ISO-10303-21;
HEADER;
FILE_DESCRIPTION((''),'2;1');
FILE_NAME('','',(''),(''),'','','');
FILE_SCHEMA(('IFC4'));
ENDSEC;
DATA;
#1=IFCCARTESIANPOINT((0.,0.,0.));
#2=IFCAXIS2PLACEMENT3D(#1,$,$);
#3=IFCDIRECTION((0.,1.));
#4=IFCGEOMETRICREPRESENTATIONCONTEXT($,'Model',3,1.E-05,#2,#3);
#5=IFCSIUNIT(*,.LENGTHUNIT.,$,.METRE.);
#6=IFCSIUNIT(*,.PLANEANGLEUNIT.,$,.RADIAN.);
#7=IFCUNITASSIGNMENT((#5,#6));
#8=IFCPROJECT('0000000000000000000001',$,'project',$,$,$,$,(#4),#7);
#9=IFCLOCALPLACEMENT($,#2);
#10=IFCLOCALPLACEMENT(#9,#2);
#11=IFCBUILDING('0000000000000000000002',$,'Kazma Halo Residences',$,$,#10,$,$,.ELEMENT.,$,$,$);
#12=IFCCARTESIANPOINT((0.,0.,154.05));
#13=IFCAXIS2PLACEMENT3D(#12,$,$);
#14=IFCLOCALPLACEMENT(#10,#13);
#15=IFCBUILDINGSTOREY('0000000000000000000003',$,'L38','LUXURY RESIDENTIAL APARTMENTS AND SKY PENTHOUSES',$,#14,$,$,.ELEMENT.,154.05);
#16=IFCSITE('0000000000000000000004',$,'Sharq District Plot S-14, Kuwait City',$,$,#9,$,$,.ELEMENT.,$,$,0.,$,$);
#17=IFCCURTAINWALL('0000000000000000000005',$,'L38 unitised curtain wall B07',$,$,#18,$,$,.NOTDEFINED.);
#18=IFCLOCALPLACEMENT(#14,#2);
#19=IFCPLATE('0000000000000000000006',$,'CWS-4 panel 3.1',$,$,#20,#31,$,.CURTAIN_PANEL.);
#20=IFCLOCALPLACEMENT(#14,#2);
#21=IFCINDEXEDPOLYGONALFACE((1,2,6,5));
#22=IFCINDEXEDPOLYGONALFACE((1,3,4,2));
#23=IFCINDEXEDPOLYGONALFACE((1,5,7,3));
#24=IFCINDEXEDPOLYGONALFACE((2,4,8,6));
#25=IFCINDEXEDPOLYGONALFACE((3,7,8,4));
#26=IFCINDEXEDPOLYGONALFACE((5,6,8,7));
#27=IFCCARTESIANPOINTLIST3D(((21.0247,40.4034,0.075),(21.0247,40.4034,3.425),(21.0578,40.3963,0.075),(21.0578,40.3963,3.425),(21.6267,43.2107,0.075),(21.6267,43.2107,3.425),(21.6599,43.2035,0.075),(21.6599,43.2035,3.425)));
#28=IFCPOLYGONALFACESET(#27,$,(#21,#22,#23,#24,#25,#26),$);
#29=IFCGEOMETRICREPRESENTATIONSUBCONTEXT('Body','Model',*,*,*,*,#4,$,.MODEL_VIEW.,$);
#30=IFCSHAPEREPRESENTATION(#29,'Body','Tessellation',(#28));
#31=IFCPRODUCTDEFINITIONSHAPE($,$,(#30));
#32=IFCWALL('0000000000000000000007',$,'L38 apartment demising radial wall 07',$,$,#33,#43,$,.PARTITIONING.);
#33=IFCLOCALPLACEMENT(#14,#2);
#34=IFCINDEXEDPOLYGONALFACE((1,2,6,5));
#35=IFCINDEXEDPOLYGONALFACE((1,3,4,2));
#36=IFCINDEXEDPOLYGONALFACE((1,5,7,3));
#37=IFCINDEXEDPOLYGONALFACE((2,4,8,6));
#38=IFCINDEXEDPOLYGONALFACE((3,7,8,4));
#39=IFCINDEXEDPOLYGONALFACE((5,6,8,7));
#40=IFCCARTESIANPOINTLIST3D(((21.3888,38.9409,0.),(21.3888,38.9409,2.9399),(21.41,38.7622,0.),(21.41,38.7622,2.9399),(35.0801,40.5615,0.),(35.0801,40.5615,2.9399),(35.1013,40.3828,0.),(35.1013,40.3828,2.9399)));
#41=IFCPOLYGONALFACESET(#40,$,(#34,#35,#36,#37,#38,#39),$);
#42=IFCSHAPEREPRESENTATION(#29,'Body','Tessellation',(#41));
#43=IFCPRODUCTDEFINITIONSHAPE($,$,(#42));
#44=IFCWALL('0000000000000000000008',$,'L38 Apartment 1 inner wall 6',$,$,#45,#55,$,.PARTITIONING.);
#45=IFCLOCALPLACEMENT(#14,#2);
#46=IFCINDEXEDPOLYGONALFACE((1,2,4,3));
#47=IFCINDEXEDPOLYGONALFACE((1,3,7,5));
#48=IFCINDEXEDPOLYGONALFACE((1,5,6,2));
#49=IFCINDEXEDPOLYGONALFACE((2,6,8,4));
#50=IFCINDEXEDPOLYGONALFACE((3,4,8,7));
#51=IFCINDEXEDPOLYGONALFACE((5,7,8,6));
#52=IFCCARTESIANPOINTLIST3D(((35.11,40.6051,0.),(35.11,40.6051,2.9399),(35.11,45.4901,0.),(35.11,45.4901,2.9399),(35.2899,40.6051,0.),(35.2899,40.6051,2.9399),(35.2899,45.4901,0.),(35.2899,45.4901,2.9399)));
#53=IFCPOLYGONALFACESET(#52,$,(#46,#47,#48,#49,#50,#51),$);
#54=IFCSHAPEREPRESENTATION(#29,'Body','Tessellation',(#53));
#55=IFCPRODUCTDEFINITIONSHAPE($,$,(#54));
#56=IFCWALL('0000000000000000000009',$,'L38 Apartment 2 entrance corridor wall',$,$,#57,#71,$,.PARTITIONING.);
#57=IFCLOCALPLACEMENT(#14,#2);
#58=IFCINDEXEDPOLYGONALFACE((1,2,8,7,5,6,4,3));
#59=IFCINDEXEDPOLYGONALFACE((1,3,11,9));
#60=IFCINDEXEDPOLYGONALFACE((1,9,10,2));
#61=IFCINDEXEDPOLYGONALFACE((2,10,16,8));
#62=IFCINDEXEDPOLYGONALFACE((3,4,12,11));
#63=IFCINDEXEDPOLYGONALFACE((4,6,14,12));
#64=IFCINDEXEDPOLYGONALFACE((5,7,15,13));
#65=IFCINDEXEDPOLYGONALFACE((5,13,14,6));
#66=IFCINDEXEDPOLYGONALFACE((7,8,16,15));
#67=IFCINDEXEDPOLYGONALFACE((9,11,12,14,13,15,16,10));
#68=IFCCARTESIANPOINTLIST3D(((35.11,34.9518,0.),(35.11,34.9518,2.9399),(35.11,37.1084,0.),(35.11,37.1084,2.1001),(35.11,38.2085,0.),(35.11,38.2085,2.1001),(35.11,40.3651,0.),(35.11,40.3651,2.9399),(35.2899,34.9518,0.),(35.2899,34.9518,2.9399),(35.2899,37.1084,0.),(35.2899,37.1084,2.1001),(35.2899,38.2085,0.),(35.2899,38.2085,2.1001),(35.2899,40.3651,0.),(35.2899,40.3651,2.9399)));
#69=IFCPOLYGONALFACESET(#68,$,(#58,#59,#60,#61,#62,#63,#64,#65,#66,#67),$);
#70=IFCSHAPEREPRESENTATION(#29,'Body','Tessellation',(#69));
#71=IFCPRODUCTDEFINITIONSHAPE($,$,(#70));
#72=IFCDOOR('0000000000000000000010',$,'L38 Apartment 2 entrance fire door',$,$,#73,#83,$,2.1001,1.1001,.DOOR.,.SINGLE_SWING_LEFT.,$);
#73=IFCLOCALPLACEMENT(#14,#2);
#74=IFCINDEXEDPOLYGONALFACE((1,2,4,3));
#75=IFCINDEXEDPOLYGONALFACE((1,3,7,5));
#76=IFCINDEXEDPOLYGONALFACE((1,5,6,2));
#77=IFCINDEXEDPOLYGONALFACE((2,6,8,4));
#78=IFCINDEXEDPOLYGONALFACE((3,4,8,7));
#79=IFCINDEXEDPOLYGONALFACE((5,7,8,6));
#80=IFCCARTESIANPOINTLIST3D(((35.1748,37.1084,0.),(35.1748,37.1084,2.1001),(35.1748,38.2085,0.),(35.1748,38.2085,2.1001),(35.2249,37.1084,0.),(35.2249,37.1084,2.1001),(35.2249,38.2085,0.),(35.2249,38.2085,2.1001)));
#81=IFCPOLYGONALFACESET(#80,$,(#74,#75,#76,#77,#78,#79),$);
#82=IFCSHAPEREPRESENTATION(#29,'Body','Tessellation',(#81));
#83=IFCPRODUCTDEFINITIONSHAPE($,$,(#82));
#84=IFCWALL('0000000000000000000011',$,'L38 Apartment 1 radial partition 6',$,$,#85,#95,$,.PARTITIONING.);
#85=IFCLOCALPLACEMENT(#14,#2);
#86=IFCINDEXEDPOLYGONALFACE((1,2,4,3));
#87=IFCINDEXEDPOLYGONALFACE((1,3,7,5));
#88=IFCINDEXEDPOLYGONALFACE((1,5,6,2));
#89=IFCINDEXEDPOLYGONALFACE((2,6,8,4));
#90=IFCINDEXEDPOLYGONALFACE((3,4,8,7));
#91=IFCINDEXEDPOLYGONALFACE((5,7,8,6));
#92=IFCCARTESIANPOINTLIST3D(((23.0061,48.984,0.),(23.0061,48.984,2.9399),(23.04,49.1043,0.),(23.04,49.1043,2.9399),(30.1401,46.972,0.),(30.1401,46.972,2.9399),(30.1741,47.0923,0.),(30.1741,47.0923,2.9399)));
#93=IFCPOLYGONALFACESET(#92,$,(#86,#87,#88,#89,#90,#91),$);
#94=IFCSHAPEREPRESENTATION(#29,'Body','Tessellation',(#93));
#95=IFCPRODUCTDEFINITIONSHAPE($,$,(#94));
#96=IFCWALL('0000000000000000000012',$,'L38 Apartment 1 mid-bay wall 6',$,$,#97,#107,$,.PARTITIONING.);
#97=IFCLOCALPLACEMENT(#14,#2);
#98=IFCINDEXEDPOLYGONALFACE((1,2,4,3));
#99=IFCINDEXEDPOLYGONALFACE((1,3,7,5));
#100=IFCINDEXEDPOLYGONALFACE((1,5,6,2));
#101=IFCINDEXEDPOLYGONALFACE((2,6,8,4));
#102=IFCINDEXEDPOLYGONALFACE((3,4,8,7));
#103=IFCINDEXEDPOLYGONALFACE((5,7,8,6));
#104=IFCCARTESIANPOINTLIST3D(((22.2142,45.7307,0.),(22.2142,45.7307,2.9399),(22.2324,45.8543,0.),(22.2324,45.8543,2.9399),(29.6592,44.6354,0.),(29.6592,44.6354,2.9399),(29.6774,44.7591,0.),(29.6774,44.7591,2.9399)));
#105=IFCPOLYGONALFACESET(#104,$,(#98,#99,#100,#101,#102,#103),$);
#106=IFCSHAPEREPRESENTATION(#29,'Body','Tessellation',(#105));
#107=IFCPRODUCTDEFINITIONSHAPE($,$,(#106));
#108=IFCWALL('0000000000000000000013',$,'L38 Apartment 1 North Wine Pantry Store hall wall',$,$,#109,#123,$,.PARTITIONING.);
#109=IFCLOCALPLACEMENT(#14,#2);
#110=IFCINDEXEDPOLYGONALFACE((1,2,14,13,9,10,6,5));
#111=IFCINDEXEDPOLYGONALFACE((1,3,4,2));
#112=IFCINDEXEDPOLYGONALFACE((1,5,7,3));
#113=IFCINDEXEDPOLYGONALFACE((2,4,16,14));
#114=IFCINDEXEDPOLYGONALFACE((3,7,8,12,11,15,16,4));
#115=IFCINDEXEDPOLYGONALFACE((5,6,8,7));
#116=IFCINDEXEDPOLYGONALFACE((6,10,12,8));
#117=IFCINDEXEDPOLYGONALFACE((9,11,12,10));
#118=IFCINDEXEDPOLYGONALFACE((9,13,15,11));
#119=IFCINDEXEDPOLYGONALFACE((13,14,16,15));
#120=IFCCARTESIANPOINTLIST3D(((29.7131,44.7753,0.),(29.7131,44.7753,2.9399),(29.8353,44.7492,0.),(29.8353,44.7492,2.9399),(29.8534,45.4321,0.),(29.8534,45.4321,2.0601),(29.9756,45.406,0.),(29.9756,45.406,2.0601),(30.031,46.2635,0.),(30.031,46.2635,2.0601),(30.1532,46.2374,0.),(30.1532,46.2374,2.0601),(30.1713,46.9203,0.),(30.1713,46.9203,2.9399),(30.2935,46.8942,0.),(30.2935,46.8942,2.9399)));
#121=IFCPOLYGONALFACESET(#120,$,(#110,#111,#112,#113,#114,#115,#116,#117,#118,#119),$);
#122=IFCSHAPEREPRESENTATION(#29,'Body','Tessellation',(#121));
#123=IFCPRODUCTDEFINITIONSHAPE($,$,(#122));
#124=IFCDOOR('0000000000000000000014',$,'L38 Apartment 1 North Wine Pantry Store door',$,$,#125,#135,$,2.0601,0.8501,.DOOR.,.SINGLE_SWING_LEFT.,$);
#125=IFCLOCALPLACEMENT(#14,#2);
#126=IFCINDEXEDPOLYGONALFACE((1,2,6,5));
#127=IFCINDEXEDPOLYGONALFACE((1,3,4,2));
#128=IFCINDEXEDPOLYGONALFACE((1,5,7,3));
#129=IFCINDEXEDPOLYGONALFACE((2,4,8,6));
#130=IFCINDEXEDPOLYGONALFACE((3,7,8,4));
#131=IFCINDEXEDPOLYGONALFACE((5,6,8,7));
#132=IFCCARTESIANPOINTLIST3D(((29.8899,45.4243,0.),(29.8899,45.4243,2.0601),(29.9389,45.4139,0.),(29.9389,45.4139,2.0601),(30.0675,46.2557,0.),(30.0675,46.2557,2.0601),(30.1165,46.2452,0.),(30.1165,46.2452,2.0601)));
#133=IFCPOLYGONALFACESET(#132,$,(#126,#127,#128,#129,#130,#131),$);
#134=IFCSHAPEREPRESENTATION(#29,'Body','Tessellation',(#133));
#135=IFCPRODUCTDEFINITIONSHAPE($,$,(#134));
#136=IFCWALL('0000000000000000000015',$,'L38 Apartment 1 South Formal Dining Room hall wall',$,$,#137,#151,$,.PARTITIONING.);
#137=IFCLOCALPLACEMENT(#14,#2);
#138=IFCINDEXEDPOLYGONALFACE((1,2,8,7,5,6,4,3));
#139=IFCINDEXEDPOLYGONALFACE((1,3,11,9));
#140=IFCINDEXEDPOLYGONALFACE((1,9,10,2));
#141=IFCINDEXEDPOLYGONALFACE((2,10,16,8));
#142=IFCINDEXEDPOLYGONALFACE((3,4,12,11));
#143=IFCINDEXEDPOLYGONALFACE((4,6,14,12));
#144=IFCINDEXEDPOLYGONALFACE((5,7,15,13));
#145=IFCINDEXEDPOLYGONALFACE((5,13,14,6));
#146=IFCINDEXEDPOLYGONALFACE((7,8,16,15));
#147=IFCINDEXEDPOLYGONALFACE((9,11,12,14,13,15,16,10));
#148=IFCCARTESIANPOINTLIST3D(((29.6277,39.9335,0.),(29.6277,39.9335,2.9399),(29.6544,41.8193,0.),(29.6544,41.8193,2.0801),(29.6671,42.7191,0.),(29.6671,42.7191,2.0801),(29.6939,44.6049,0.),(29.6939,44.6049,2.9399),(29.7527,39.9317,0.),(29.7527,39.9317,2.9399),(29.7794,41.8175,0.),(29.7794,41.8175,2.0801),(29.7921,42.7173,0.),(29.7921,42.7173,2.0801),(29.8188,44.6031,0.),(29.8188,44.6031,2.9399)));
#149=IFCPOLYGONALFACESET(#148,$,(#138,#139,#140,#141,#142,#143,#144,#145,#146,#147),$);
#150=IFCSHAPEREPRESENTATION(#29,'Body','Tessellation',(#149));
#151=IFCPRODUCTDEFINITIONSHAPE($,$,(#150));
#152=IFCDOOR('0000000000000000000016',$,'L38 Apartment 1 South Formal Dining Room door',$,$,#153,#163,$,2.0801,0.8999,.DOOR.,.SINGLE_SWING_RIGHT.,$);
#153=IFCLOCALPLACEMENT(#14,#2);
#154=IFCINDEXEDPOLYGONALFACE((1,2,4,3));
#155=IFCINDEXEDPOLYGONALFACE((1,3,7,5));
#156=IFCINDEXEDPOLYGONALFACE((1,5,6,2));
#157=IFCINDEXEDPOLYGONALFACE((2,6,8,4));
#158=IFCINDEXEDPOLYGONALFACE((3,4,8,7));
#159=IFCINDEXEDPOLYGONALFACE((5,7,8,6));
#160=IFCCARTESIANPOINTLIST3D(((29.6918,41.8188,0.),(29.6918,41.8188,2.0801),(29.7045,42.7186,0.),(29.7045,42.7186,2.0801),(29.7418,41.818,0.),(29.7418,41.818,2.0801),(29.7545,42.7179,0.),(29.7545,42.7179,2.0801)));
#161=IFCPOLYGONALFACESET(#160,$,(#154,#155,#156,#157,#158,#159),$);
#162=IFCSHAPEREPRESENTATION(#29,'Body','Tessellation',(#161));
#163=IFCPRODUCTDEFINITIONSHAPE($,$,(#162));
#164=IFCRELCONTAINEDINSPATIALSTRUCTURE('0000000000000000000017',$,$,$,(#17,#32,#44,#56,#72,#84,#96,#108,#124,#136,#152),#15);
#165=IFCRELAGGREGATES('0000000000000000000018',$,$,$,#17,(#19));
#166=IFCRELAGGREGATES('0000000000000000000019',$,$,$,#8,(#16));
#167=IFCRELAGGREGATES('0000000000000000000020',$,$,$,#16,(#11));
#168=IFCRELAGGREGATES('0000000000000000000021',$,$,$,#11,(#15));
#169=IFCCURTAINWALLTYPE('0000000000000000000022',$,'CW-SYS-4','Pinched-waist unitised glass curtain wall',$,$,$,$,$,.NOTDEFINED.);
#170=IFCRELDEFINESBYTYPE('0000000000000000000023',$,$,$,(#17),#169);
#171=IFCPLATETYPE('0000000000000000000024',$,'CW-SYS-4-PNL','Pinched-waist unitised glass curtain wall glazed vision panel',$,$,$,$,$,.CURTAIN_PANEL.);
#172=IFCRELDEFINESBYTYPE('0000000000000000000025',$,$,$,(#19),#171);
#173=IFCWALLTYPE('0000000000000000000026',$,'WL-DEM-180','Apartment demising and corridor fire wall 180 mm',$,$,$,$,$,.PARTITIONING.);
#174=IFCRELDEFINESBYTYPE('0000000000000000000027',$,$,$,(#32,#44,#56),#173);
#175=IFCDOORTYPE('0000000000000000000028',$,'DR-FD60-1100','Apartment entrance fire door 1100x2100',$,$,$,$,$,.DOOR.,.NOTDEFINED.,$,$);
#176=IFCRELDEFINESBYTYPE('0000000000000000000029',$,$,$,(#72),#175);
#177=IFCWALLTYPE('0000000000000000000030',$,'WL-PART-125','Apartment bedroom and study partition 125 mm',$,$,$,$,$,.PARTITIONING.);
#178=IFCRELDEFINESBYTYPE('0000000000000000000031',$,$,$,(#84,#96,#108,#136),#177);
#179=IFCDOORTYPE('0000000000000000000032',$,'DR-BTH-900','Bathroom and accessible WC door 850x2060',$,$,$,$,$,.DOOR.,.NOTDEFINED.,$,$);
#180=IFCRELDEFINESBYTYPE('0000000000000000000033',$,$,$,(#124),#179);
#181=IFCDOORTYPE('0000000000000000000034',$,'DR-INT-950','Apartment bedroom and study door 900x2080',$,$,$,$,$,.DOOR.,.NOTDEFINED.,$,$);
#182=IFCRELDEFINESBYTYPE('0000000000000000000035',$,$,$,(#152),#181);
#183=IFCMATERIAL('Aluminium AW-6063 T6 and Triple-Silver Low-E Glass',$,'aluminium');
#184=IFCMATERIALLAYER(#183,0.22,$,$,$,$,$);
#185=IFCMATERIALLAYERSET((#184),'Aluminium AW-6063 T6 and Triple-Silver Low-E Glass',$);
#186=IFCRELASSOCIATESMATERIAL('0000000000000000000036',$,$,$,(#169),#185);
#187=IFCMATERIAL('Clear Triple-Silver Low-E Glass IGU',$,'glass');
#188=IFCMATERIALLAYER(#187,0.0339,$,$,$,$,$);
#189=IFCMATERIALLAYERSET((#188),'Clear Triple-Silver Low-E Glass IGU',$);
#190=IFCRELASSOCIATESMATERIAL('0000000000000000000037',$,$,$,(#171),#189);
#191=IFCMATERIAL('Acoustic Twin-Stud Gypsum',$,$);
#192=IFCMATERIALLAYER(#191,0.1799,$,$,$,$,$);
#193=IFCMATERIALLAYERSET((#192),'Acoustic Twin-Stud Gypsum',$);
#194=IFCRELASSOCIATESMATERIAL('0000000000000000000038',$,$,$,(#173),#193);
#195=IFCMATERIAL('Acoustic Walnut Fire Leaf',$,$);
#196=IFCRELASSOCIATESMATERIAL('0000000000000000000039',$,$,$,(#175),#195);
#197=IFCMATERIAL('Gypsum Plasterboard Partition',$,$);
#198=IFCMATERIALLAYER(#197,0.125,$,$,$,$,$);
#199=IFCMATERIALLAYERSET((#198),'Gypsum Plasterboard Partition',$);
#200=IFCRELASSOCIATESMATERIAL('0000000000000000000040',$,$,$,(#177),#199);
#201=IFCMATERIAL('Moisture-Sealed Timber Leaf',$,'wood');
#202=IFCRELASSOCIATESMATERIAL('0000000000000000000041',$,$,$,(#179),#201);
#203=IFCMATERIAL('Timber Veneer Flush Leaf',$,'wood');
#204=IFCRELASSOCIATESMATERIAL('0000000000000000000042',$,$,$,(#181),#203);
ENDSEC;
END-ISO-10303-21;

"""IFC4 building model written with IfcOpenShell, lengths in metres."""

from ifc_helpers import new_model, si_unit, direction, frame, frame_2d, origin, origin_2d, place, context, subcontext, project, spatial, rectangle, extrude, material, layer, layer_set, type_object, element, fill, aggregate, save


model = new_model("IFC4")

# Units and contexts
model_context = context("Model", 3, precision=1e-05, world=origin(), true_north=direction((0.0, 1.0)))
body_context = subcontext(model_context, "Body", "Model", "MODEL_VIEW")
ifc_project = project(units=[si_unit("LENGTHUNIT", "METRE"), si_unit("PLANEANGLEUNIT", "RADIAN")], contexts=[model_context])

# Site, building, storey
site_placement = place(None, origin())
site = spatial("IfcSite", under=ifc_project, at=site_placement, Name="Sharq District Plot S-14, Kuwait City", CompositionType="ELEMENT", RefElevation=0.0)
building_placement = place(site_placement, origin())
building = spatial("IfcBuilding", under=site, at=building_placement, Name="Kazma Halo Residences", CompositionType="ELEMENT")
storey_placement = place(building_placement, frame((0.0, 0.0, 154.05)))
storey = spatial("IfcBuildingStorey", under=building, at=storey_placement, Name="L38", Description="LUXURY RESIDENTIAL APARTMENTS AND SKY PENTHOUSES", CompositionType="ELEMENT", Elevation=154.05)

# Curtain wall, plate
ifc_material_1 = material(Name="Aluminium AW-6063 T6 and Triple-Silver Low-E Glass", Category="aluminium")
ifc_layer_1 = layer(ifc_material_1, 0.22)
ifc_layer_set_1 = layer_set([ifc_layer_1], Name="Aluminium AW-6063 T6 and Triple-Silver Low-E Glass")
curtain_wall_type = type_object("IfcCurtainWallType", Name="CW-SYS-4", Description="Pinched-waist unitised glass curtain wall", PredefinedType="NOTDEFINED", material=ifc_layer_set_1)
curtain_wall_placement = place(storey_placement, origin())
curtain_wall = element("IfcCurtainWall", 1, at=curtain_wall_placement, inside=storey, type_object=curtain_wall_type, Name="L38 unitised curtain wall B07", PredefinedType="NOTDEFINED")
ifc_material_2 = material(Name="Clear Triple-Silver Low-E Glass IGU", Category="glass")
ifc_layer_2 = layer(ifc_material_2, 0.0339)
ifc_layer_set_2 = layer_set([ifc_layer_2], Name="Clear Triple-Silver Low-E Glass IGU")
plate_type = type_object("IfcPlateType", Name="CW-SYS-4-PNL", Description="Pinched-waist unitised glass curtain wall glazed vision panel", PredefinedType="CURTAIN_PANEL", material=ifc_layer_set_2)
plate_1_placement = place(storey_placement, frame((21.3423, 41.8035, 0.075), z_axis=(0.0, 0.0, 1.0), x_axis=(-0.209704, -0.977765, 0.0)))
plate_1 = element("IfcPlate", 2, at=plate_1_placement, type_object=plate_type, Name="CWS-4 panel 3.1", PredefinedType="CURTAIN_PANEL", context=body_context, shape_type="SweptSolid", body=[
    extrude(rectangle(XDim=2.8711, YDim=0.0339, at=origin_2d()), origin(), (0.0, 0.0, 1.0), 3.3501),
])
aggregate(curtain_wall, [plate_1])

# Walls
ifc_material_3 = material(Name="Acoustic Twin-Stud Gypsum")
ifc_layer_3 = layer(ifc_material_3, 0.1799)
ifc_layer_set_3 = layer_set([ifc_layer_3], Name="Acoustic Twin-Stud Gypsum")
wall_type_1 = type_object("IfcWallType", Name="WL-DEM-180", Description="Apartment demising and corridor fire wall 180 mm", PredefinedType="PARTITIONING", material=ifc_layer_set_3)
wall_1_placement = place(storey_placement, frame((35.0908, 40.4722, 0.0), z_axis=(0.0, 0.0, 1.0), x_axis=(-0.993067, -0.117546, 0.0)))
element("IfcWall", 3, at=wall_1_placement, inside=storey, type_object=wall_type_1, Name="L38 apartment demising radial wall 07", PredefinedType="PARTITIONING", context=body_context, shape_type="SweptSolid", body=[
    extrude(rectangle(XDim=13.7869, YDim=0.1799, at=frame_2d((6.8936, 0.0))), origin(), (0.0, 0.0, 1.0), 2.9399),
])
wall_2_placement = place(storey_placement, frame((35.2, 45.49, 0.0), z_axis=(0.0, 0.0, 1.0), x_axis=(0.0, -1.0, 0.0)))
element("IfcWall", 4, at=wall_2_placement, inside=storey, type_object=wall_type_1, Name="L38 Apartment 1 inner wall 6", PredefinedType="PARTITIONING", context=body_context, shape_type="SweptSolid", body=[
    extrude(rectangle(XDim=4.885, YDim=0.1799, at=frame_2d((2.4424, 0.0))), origin(), (0.0, 0.0, 1.0), 2.9399),
])

# Wall, opening, door
wall_3_placement = place(storey_placement, frame((35.2, 40.365, 0.0), z_axis=(0.0, 0.0, 1.0), x_axis=(0.0, -1.0, 0.0)))
wall_3 = element("IfcWall", 5, at=wall_3_placement, inside=storey, type_object=wall_type_1, Name="L38 Apartment 2 entrance corridor wall", PredefinedType="PARTITIONING", context=body_context, shape_type="SweptSolid", body=[
    extrude(rectangle(XDim=5.4133, YDim=0.1799, at=frame_2d((2.7065, 0.0))), origin(), (0.0, 0.0, 1.0), 2.9399),
])
opening_1_placement = place(wall_3_placement, frame((2.1565, 0.0, 0.0)))
opening_1 = element("IfcOpeningElement", 6, at=opening_1_placement, cuts=wall_3, PredefinedType="OPENING", context=body_context, shape_type="SweptSolid", body=[
    extrude(rectangle(XDim=1.1001, YDim=2.1001, at=frame_2d((0.55, 1.05))), frame((0.0, 0.0999, 0.0), z_axis=(0.0, -1.0, 0.0), x_axis=(1.0, 0.0, 0.0)), (0.0, 0.0, 1.0), 0.2),
])
ifc_material_4 = material(Name="Acoustic Walnut Fire Leaf")
door_type_1 = type_object("IfcDoorType", Name="DR-FD60-1100", Description="Apartment entrance fire door 1100x2100", OperationType="NOTDEFINED", PredefinedType="DOOR", material=ifc_material_4)
door_1_placement = place(opening_1_placement, origin())
door_1 = element("IfcDoor", 7, at=door_1_placement, inside=storey, type_object=door_type_1, Name="L38 Apartment 2 entrance fire door", OperationType="SINGLE_SWING_LEFT", OverallHeight=2.1001, OverallWidth=1.1001, PredefinedType="DOOR", context=body_context, shape_type="SweptSolid", body=[
    extrude(rectangle(XDim=1.1001, YDim=2.1001, at=frame_2d((0.55, 1.05))), frame((0.0, 0.0249, 0.0), z_axis=(0.0, -1.0, 0.0), x_axis=(1.0, 0.0, 0.0)), (0.0, 0.0, 1.0), 0.05),
])
fill(opening_1, door_1)

# Walls
ifc_material_5 = material(Name="Gypsum Plasterboard Partition")
ifc_layer_4 = layer(ifc_material_5, 0.125)
ifc_layer_set_4 = layer_set([ifc_layer_4], Name="Gypsum Plasterboard Partition")
wall_type_2 = type_object("IfcWallType", Name="WL-PART-125", Description="Apartment bedroom and study partition 125 mm", PredefinedType="PARTITIONING", material=ifc_layer_set_4)
wall_4_placement = place(storey_placement, frame((30.157, 47.0322, 0.0), z_axis=(0.0, 0.0, 1.0), x_axis=(-0.962457, 0.271435, 0.0)))
element("IfcWall", 8, at=wall_4_placement, inside=storey, type_object=wall_type_2, Name="L38 Apartment 1 radial partition 6", PredefinedType="PARTITIONING", context=body_context, shape_type="SweptSolid", body=[
    extrude(rectangle(XDim=7.4124, YDim=0.125, at=frame_2d((3.7061, 0.0))), origin(), (0.0, 0.0, 1.0), 2.9399),
])
wall_5_placement = place(storey_placement, frame((29.6685, 44.6973, 0.0), z_axis=(0.0, 0.0, 1.0), x_axis=(-0.989352, 0.14554, 0.0)))
element("IfcWall", 9, at=wall_5_placement, inside=storey, type_object=wall_type_2, Name="L38 Apartment 1 mid-bay wall 6", PredefinedType="PARTITIONING", context=body_context, shape_type="SweptSolid", body=[
    extrude(rectangle(XDim=7.5251, YDim=0.125, at=frame_2d((3.7627, 0.0))), origin(), (0.0, 0.0, 1.0), 2.9399),
])

# Walls, openings, doors
wall_6_placement = place(storey_placement, frame((30.2324, 46.9072, 0.0), z_axis=(0.0, 0.0, 1.0), x_axis=(-0.208921, -0.977933, 0.0)))
wall_6 = element("IfcWall", 10, at=wall_6_placement, inside=storey, type_object=wall_type_2, Name="L38 Apartment 1 North Wine Pantry Store hall wall", PredefinedType="PARTITIONING", context=body_context, shape_type="SweptSolid", body=[
    extrude(rectangle(XDim=2.1934, YDim=0.125, at=frame_2d((1.0967, 0.0))), origin(), (0.0, 0.0, 1.0), 2.9399),
])
opening_2_placement = place(wall_6_placement, frame((0.6716, 0.0, 0.0)))
opening_2 = element("IfcOpeningElement", 11, at=opening_2_placement, cuts=wall_6, PredefinedType="OPENING", context=body_context, shape_type="SweptSolid", body=[
    extrude(rectangle(XDim=0.8501, YDim=2.0601, at=frame_2d((0.425, 1.03))), frame((0.0, 0.0725, 0.0), z_axis=(0.0, -1.0, 0.0), x_axis=(1.0, 0.0, 0.0)), (0.0, 0.0, 1.0), 0.145),
])
ifc_material_6 = material(Name="Moisture-Sealed Timber Leaf", Category="wood")
door_type_2 = type_object("IfcDoorType", Name="DR-BTH-900", Description="Bathroom and accessible WC door 850x2060", OperationType="NOTDEFINED", PredefinedType="DOOR", material=ifc_material_6)
door_2_placement = place(opening_2_placement, origin())
door_2 = element("IfcDoor", 12, at=door_2_placement, inside=storey, type_object=door_type_2, Name="L38 Apartment 1 North Wine Pantry Store door", OperationType="SINGLE_SWING_LEFT", OverallHeight=2.0601, OverallWidth=0.8501, PredefinedType="DOOR", context=body_context, shape_type="SweptSolid", body=[
    extrude(rectangle(XDim=0.8501, YDim=2.0601, at=frame_2d((0.425, 1.03))), frame((0.0, 0.0249, 0.0), z_axis=(0.0, -1.0, 0.0), x_axis=(1.0, 0.0, 0.0)), (0.0, 0.0, 1.0), 0.05),
])
fill(opening_2, door_2)
wall_7_placement = place(storey_placement, frame((29.7563, 44.604, 0.0), z_axis=(0.0, 0.0, 1.0), x_axis=(-0.014162, -0.9999, 0.0)))
wall_7 = element("IfcWall", 13, at=wall_7_placement, inside=storey, type_object=wall_type_2, Name="L38 Apartment 1 South Formal Dining Room hall wall", PredefinedType="PARTITIONING", context=body_context, shape_type="SweptSolid", body=[
    extrude(rectangle(XDim=4.6719, YDim=0.125, at=frame_2d((2.3359, 0.0))), origin(), (0.0, 0.0, 1.0), 2.9399),
])
opening_3_placement = place(wall_7_placement, frame((1.886, 0.0, 0.0)))
opening_3 = element("IfcOpeningElement", 14, at=opening_3_placement, cuts=wall_7, PredefinedType="OPENING", context=body_context, shape_type="SweptSolid", body=[
    extrude(rectangle(XDim=0.8999, YDim=2.0801, at=frame_2d((0.45, 1.04))), frame((0.0, 0.0725, 0.0), z_axis=(0.0, -1.0, 0.0), x_axis=(1.0, 0.0, 0.0)), (0.0, 0.0, 1.0), 0.145),
])
ifc_material_7 = material(Name="Timber Veneer Flush Leaf", Category="wood")
door_type_3 = type_object("IfcDoorType", Name="DR-INT-950", Description="Apartment bedroom and study door 900x2080", OperationType="NOTDEFINED", PredefinedType="DOOR", material=ifc_material_7)
door_3_placement = place(opening_3_placement, origin())
door_3 = element("IfcDoor", 15, at=door_3_placement, inside=storey, type_object=door_type_3, Name="L38 Apartment 1 South Formal Dining Room door", OperationType="SINGLE_SWING_RIGHT", OverallHeight=2.0801, OverallWidth=0.8999, PredefinedType="DOOR", context=body_context, shape_type="SweptSolid", body=[
    extrude(rectangle(XDim=0.8999, YDim=2.0801, at=frame_2d((0.45, 1.04))), frame((0.0, 0.0249, 0.0), z_axis=(0.0, -1.0, 0.0), x_axis=(1.0, 0.0, 0.0)), (0.0, 0.0, 1.0), 0.05),
])
fill(opening_3, door_3)

save(model, "model.ifc")
